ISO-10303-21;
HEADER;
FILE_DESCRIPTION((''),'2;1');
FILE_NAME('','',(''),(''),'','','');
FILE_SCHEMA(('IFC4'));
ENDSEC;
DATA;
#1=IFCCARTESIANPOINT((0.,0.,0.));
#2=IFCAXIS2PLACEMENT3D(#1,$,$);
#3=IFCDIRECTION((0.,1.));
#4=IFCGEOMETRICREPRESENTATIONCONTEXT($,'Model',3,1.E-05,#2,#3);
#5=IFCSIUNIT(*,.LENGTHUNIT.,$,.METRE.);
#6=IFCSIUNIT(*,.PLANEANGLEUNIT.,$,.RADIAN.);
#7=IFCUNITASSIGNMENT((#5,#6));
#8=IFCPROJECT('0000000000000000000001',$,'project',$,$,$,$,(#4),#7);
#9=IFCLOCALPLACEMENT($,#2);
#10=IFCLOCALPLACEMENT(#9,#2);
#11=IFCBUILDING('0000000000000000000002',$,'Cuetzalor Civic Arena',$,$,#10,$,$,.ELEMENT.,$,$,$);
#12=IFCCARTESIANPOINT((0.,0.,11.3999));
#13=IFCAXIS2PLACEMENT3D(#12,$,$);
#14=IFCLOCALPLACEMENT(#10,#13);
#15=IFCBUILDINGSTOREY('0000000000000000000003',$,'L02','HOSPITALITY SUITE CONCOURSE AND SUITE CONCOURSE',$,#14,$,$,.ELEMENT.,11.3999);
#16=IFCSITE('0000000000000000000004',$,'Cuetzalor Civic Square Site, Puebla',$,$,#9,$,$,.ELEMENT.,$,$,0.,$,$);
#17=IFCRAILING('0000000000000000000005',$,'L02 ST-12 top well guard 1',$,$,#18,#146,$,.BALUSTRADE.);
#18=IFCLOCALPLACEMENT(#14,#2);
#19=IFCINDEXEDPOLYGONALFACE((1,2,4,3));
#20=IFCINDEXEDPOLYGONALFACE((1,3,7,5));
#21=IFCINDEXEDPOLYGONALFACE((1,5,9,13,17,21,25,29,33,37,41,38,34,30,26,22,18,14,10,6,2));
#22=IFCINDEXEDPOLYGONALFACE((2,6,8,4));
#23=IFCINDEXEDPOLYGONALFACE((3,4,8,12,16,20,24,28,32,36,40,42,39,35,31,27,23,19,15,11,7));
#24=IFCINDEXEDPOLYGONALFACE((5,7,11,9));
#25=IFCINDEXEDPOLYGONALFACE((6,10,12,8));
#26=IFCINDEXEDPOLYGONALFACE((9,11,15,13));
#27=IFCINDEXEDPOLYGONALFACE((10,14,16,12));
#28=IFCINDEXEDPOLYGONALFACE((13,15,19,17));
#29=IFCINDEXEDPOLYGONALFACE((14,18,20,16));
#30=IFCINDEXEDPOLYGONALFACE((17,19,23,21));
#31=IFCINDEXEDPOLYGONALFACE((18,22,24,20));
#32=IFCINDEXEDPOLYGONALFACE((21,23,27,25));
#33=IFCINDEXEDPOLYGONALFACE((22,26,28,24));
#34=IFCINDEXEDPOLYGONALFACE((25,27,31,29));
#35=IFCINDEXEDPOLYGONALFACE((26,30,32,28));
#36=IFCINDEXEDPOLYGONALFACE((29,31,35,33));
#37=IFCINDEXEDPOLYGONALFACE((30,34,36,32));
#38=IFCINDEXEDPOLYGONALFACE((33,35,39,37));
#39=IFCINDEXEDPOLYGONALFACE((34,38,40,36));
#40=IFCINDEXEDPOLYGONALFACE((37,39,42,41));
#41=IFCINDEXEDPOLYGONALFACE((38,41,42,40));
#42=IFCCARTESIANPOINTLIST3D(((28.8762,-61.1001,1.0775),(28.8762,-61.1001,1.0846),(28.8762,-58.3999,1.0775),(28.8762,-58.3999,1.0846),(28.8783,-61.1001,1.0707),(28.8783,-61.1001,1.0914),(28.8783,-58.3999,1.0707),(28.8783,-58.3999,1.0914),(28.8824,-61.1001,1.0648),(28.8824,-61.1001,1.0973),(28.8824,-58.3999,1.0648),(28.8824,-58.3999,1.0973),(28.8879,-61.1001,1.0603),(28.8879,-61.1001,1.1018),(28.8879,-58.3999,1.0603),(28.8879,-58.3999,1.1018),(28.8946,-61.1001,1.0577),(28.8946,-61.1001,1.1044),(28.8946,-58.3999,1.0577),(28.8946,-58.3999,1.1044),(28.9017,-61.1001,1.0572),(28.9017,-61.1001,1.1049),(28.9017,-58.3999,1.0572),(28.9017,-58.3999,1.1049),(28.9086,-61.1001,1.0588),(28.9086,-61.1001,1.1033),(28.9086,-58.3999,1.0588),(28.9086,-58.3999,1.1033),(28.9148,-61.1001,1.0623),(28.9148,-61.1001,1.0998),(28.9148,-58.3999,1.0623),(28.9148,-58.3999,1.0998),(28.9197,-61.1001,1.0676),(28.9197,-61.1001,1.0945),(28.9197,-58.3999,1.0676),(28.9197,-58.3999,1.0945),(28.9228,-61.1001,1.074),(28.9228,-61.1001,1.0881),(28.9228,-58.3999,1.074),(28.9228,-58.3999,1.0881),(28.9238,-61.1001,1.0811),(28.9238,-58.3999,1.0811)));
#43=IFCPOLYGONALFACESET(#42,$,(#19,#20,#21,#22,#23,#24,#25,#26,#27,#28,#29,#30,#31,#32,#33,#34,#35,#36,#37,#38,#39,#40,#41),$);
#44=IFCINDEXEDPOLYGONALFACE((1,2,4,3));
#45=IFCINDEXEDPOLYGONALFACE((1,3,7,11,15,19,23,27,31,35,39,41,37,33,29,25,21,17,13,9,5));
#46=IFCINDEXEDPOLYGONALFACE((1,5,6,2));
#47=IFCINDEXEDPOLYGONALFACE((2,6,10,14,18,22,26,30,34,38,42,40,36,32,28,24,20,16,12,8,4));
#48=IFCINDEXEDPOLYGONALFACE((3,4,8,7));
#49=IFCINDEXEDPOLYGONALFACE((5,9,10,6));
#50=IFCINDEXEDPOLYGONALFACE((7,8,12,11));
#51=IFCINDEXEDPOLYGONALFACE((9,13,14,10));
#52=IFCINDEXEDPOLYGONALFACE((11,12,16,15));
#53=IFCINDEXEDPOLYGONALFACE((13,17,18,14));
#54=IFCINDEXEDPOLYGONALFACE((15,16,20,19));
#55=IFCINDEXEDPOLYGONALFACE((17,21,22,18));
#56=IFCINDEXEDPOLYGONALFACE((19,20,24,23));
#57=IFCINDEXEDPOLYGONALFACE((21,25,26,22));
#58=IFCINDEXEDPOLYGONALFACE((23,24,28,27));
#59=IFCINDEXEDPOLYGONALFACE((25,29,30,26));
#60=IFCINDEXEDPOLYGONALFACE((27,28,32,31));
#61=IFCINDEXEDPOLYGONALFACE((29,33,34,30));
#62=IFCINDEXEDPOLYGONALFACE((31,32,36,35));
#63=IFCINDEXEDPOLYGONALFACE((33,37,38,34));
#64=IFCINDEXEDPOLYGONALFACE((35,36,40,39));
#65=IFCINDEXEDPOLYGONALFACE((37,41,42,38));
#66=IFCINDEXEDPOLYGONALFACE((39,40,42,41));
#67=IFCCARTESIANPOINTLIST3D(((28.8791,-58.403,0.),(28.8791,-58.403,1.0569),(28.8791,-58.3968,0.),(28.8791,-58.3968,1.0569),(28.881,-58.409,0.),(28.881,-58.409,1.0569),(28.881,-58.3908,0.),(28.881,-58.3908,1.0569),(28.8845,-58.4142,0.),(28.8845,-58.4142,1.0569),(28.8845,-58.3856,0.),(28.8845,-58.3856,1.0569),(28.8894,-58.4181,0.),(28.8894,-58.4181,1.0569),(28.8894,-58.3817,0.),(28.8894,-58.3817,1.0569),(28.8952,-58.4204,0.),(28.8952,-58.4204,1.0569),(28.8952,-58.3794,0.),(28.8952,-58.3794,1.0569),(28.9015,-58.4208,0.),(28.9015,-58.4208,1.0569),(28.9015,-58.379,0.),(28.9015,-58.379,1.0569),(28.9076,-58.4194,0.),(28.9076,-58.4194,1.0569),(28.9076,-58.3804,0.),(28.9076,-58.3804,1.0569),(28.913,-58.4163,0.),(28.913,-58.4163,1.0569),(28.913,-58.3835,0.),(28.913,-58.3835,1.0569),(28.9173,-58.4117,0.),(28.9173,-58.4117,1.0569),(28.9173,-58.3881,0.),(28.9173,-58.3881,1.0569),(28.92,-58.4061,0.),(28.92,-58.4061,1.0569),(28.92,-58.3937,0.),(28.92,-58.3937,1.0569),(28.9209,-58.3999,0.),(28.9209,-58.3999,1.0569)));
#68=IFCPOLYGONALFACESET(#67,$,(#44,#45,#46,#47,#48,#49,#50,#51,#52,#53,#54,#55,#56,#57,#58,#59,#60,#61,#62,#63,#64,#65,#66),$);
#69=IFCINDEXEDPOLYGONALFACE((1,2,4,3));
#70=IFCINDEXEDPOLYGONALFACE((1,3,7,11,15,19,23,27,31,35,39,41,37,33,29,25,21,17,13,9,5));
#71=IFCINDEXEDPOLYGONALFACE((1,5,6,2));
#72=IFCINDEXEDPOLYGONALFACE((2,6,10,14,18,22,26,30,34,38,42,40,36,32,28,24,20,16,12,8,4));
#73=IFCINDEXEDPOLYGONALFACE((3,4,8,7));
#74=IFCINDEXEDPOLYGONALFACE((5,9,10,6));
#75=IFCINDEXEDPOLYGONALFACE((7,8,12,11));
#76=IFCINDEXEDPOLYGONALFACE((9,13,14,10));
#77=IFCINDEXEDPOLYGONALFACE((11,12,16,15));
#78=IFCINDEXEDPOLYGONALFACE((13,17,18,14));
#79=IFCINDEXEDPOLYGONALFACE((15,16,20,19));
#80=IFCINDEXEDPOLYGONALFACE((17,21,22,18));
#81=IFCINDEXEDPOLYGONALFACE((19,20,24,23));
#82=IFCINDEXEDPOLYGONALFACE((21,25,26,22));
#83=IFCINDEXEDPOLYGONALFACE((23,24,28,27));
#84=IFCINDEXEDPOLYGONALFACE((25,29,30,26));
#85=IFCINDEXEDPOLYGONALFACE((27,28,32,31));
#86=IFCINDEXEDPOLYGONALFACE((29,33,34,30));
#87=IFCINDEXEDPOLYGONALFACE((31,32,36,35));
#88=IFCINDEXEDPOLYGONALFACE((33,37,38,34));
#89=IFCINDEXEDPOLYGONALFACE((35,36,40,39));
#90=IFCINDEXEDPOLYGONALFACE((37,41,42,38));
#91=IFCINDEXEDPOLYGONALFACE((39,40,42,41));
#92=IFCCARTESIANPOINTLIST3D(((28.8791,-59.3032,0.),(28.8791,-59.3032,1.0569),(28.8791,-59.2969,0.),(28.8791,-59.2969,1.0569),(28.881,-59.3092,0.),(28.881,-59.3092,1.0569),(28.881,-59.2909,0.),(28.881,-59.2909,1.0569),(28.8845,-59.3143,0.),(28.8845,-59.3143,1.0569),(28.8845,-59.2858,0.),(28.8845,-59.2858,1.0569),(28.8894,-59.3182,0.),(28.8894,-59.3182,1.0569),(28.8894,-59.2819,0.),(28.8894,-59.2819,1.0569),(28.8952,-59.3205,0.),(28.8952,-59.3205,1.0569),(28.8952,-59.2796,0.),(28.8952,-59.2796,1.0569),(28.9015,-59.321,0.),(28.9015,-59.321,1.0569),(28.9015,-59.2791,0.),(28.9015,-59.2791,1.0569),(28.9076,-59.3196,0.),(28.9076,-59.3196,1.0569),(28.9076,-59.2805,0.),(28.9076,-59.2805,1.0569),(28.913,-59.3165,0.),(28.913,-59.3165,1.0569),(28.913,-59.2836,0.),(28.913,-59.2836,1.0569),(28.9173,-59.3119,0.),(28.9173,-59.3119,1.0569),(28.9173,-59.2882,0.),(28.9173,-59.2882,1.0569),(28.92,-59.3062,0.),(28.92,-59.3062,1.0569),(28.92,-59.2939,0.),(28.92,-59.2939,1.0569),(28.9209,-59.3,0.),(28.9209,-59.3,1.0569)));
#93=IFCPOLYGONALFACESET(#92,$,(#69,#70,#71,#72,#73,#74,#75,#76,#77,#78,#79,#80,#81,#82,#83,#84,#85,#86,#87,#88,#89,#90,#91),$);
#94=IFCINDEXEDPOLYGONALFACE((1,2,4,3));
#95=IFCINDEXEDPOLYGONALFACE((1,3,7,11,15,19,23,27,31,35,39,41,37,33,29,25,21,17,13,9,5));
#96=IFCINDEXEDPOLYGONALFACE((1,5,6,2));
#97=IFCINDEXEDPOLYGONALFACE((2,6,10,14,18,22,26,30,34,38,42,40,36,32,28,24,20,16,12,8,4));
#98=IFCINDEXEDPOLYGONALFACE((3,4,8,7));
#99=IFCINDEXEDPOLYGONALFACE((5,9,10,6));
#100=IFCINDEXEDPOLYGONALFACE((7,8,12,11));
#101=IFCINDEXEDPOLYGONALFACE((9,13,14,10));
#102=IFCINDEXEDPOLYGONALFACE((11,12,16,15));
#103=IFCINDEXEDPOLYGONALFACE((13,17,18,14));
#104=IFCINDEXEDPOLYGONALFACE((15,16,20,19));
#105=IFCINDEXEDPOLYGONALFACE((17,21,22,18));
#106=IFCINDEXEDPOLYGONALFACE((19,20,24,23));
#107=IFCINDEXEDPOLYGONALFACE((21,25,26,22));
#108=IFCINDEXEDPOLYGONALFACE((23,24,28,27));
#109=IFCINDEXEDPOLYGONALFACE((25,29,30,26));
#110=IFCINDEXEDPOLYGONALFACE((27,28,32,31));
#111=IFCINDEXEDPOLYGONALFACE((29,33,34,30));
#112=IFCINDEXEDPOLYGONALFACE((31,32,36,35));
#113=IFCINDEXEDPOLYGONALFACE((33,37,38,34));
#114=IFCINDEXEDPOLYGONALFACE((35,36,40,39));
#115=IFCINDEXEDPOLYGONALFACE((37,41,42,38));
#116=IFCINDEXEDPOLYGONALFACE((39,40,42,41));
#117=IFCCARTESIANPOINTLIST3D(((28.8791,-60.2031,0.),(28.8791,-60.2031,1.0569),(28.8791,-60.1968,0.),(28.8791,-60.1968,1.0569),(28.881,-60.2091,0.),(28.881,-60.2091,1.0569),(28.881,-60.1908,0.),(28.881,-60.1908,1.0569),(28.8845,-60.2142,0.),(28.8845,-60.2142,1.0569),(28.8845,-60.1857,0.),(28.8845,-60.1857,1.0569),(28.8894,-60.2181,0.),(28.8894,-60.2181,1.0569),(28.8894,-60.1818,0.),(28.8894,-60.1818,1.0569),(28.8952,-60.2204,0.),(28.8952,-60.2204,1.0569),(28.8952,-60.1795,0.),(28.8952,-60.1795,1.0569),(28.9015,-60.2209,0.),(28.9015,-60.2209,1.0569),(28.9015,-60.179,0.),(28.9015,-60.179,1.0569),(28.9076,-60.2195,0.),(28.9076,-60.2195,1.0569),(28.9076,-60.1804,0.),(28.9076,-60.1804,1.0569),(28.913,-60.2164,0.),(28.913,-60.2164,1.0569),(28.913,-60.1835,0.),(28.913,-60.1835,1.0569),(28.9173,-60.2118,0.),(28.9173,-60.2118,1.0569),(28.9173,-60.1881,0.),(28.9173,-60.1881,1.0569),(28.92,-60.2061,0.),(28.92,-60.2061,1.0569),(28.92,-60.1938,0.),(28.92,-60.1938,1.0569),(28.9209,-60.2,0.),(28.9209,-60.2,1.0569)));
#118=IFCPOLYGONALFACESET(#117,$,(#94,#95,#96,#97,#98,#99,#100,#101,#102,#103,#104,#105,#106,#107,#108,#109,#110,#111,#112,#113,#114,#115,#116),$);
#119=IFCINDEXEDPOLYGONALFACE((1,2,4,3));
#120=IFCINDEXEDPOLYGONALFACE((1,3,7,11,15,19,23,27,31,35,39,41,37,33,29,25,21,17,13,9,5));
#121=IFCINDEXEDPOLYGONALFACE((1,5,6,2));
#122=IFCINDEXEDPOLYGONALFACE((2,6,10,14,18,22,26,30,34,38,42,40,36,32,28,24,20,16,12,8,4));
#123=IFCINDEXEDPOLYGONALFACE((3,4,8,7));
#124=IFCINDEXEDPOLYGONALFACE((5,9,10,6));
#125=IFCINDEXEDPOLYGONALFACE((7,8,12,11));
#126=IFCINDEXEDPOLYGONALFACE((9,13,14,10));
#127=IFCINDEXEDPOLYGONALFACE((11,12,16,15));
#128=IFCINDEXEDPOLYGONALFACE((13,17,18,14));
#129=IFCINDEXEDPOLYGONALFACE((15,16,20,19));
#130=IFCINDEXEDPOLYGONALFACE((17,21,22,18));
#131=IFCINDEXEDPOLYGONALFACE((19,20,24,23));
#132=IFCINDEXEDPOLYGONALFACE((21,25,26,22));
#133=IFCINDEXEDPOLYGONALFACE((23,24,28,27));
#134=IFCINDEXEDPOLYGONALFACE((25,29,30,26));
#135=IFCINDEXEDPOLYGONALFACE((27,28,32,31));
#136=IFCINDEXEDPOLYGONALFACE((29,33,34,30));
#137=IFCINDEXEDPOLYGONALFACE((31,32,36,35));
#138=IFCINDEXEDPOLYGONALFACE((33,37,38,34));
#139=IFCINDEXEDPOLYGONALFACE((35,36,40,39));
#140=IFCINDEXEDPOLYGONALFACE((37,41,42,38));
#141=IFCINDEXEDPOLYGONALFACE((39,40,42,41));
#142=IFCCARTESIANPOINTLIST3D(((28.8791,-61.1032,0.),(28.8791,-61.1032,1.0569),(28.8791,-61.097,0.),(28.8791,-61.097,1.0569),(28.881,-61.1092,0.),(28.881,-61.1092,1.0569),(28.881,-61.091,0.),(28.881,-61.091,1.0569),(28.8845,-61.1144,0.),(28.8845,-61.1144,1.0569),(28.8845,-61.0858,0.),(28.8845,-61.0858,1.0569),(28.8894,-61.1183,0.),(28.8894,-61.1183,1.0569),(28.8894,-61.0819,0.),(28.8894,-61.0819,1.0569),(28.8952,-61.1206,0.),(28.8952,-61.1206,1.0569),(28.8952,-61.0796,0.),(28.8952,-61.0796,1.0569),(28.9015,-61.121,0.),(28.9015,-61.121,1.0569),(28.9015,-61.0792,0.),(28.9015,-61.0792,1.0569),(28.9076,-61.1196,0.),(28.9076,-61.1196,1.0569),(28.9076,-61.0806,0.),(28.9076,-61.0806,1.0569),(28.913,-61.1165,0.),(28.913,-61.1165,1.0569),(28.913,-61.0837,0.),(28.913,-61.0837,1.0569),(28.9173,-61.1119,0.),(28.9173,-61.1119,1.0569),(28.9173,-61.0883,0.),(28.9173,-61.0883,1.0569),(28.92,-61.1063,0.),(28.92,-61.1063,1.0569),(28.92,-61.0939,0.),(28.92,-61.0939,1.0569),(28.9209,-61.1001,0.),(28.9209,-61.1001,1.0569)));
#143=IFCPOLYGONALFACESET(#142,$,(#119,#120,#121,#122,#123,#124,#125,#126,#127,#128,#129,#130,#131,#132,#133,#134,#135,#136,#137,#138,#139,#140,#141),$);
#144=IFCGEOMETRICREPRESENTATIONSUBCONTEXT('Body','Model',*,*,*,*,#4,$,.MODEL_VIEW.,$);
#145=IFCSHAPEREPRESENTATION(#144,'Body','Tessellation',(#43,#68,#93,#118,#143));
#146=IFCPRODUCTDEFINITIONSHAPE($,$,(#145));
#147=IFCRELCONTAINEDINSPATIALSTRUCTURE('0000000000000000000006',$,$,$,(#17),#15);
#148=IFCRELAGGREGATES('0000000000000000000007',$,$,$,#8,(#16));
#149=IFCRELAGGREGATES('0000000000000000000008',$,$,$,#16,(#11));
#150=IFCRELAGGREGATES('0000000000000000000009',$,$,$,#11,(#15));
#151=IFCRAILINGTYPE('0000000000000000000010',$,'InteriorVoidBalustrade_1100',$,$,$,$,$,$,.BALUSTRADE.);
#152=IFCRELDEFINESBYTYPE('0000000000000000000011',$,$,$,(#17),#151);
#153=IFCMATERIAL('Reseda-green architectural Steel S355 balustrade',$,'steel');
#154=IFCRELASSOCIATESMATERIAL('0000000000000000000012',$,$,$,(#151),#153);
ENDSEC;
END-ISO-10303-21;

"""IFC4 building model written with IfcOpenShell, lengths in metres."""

from ifc_helpers import new_model, si_unit, direction, frame, origin, origin_2d, place, context, subcontext, project, spatial, circle, extrude, material, type_object, element, save


model = new_model("IFC4")

# Units and contexts
model_context = context("Model", 3, precision=1e-05, world=origin(), true_north=direction((0.0, 1.0)))
body_context = subcontext(model_context, "Body", "Model", "MODEL_VIEW")
ifc_project = project(units=[si_unit("LENGTHUNIT", "METRE"), si_unit("PLANEANGLEUNIT", "RADIAN")], contexts=[model_context])

# Site, building, storey
site_placement = place(None, origin())
site = spatial("IfcSite", under=ifc_project, at=site_placement, Name="Cuetzalor Civic Square Site, Puebla", CompositionType="ELEMENT", RefElevation=0.0)
building_placement = place(site_placement, origin())
building = spatial("IfcBuilding", under=site, at=building_placement, Name="Cuetzalor Civic Arena", CompositionType="ELEMENT")
storey_placement = place(building_placement, frame((0.0, 0.0, 11.3999)))
storey = spatial("IfcBuildingStorey", under=building, at=storey_placement, Name="L02", Description="HOSPITALITY SUITE CONCOURSE AND SUITE CONCOURSE", CompositionType="ELEMENT", Elevation=11.3999)

# Railing
ifc_material_1 = material(Name="Reseda-green architectural Steel S355 balustrade", Category="steel")
railing_type_1 = type_object("IfcRailingType", Name="InteriorVoidBalustrade_1100", PredefinedType="BALUSTRADE", material=ifc_material_1)
railing_1_placement = place(storey_placement, frame((28.8999, -58.3999, 0.0)))
element("IfcRailing", 1, at=railing_1_placement, inside=storey, type_object=railing_type_1, Name="L02 ST-12 top well guard 1", PredefinedType="BALUSTRADE", context=body_context, shape_type="SweptSolid", body=[
    extrude(circle(Radius=0.0239, at=origin_2d()), frame((0.0, 0.0, 1.0811), z_axis=(0.0, -1.0, 0.0), x_axis=(1.0, 0.0, 0.0)), (0.0, 0.0, 1.0), 2.7002),
    extrude(circle(Radius=0.021, at=origin_2d()), origin(), (0.0, 0.0, 1.0), 1.0569),
    extrude(circle(Radius=0.021, at=origin_2d()), frame((0.0, -0.9001, 0.0)), (0.0, 0.0, 1.0), 1.0569),
    extrude(circle(Radius=0.021, at=origin_2d()), frame((0.0, -1.8, 0.0)), (0.0, 0.0, 1.0), 1.0569),
    extrude(circle(Radius=0.021, at=origin_2d()), frame((0.0, -2.7002, 0.0)), (0.0, 0.0, 1.0), 1.0569),
])

save(model, "model.ifc")
